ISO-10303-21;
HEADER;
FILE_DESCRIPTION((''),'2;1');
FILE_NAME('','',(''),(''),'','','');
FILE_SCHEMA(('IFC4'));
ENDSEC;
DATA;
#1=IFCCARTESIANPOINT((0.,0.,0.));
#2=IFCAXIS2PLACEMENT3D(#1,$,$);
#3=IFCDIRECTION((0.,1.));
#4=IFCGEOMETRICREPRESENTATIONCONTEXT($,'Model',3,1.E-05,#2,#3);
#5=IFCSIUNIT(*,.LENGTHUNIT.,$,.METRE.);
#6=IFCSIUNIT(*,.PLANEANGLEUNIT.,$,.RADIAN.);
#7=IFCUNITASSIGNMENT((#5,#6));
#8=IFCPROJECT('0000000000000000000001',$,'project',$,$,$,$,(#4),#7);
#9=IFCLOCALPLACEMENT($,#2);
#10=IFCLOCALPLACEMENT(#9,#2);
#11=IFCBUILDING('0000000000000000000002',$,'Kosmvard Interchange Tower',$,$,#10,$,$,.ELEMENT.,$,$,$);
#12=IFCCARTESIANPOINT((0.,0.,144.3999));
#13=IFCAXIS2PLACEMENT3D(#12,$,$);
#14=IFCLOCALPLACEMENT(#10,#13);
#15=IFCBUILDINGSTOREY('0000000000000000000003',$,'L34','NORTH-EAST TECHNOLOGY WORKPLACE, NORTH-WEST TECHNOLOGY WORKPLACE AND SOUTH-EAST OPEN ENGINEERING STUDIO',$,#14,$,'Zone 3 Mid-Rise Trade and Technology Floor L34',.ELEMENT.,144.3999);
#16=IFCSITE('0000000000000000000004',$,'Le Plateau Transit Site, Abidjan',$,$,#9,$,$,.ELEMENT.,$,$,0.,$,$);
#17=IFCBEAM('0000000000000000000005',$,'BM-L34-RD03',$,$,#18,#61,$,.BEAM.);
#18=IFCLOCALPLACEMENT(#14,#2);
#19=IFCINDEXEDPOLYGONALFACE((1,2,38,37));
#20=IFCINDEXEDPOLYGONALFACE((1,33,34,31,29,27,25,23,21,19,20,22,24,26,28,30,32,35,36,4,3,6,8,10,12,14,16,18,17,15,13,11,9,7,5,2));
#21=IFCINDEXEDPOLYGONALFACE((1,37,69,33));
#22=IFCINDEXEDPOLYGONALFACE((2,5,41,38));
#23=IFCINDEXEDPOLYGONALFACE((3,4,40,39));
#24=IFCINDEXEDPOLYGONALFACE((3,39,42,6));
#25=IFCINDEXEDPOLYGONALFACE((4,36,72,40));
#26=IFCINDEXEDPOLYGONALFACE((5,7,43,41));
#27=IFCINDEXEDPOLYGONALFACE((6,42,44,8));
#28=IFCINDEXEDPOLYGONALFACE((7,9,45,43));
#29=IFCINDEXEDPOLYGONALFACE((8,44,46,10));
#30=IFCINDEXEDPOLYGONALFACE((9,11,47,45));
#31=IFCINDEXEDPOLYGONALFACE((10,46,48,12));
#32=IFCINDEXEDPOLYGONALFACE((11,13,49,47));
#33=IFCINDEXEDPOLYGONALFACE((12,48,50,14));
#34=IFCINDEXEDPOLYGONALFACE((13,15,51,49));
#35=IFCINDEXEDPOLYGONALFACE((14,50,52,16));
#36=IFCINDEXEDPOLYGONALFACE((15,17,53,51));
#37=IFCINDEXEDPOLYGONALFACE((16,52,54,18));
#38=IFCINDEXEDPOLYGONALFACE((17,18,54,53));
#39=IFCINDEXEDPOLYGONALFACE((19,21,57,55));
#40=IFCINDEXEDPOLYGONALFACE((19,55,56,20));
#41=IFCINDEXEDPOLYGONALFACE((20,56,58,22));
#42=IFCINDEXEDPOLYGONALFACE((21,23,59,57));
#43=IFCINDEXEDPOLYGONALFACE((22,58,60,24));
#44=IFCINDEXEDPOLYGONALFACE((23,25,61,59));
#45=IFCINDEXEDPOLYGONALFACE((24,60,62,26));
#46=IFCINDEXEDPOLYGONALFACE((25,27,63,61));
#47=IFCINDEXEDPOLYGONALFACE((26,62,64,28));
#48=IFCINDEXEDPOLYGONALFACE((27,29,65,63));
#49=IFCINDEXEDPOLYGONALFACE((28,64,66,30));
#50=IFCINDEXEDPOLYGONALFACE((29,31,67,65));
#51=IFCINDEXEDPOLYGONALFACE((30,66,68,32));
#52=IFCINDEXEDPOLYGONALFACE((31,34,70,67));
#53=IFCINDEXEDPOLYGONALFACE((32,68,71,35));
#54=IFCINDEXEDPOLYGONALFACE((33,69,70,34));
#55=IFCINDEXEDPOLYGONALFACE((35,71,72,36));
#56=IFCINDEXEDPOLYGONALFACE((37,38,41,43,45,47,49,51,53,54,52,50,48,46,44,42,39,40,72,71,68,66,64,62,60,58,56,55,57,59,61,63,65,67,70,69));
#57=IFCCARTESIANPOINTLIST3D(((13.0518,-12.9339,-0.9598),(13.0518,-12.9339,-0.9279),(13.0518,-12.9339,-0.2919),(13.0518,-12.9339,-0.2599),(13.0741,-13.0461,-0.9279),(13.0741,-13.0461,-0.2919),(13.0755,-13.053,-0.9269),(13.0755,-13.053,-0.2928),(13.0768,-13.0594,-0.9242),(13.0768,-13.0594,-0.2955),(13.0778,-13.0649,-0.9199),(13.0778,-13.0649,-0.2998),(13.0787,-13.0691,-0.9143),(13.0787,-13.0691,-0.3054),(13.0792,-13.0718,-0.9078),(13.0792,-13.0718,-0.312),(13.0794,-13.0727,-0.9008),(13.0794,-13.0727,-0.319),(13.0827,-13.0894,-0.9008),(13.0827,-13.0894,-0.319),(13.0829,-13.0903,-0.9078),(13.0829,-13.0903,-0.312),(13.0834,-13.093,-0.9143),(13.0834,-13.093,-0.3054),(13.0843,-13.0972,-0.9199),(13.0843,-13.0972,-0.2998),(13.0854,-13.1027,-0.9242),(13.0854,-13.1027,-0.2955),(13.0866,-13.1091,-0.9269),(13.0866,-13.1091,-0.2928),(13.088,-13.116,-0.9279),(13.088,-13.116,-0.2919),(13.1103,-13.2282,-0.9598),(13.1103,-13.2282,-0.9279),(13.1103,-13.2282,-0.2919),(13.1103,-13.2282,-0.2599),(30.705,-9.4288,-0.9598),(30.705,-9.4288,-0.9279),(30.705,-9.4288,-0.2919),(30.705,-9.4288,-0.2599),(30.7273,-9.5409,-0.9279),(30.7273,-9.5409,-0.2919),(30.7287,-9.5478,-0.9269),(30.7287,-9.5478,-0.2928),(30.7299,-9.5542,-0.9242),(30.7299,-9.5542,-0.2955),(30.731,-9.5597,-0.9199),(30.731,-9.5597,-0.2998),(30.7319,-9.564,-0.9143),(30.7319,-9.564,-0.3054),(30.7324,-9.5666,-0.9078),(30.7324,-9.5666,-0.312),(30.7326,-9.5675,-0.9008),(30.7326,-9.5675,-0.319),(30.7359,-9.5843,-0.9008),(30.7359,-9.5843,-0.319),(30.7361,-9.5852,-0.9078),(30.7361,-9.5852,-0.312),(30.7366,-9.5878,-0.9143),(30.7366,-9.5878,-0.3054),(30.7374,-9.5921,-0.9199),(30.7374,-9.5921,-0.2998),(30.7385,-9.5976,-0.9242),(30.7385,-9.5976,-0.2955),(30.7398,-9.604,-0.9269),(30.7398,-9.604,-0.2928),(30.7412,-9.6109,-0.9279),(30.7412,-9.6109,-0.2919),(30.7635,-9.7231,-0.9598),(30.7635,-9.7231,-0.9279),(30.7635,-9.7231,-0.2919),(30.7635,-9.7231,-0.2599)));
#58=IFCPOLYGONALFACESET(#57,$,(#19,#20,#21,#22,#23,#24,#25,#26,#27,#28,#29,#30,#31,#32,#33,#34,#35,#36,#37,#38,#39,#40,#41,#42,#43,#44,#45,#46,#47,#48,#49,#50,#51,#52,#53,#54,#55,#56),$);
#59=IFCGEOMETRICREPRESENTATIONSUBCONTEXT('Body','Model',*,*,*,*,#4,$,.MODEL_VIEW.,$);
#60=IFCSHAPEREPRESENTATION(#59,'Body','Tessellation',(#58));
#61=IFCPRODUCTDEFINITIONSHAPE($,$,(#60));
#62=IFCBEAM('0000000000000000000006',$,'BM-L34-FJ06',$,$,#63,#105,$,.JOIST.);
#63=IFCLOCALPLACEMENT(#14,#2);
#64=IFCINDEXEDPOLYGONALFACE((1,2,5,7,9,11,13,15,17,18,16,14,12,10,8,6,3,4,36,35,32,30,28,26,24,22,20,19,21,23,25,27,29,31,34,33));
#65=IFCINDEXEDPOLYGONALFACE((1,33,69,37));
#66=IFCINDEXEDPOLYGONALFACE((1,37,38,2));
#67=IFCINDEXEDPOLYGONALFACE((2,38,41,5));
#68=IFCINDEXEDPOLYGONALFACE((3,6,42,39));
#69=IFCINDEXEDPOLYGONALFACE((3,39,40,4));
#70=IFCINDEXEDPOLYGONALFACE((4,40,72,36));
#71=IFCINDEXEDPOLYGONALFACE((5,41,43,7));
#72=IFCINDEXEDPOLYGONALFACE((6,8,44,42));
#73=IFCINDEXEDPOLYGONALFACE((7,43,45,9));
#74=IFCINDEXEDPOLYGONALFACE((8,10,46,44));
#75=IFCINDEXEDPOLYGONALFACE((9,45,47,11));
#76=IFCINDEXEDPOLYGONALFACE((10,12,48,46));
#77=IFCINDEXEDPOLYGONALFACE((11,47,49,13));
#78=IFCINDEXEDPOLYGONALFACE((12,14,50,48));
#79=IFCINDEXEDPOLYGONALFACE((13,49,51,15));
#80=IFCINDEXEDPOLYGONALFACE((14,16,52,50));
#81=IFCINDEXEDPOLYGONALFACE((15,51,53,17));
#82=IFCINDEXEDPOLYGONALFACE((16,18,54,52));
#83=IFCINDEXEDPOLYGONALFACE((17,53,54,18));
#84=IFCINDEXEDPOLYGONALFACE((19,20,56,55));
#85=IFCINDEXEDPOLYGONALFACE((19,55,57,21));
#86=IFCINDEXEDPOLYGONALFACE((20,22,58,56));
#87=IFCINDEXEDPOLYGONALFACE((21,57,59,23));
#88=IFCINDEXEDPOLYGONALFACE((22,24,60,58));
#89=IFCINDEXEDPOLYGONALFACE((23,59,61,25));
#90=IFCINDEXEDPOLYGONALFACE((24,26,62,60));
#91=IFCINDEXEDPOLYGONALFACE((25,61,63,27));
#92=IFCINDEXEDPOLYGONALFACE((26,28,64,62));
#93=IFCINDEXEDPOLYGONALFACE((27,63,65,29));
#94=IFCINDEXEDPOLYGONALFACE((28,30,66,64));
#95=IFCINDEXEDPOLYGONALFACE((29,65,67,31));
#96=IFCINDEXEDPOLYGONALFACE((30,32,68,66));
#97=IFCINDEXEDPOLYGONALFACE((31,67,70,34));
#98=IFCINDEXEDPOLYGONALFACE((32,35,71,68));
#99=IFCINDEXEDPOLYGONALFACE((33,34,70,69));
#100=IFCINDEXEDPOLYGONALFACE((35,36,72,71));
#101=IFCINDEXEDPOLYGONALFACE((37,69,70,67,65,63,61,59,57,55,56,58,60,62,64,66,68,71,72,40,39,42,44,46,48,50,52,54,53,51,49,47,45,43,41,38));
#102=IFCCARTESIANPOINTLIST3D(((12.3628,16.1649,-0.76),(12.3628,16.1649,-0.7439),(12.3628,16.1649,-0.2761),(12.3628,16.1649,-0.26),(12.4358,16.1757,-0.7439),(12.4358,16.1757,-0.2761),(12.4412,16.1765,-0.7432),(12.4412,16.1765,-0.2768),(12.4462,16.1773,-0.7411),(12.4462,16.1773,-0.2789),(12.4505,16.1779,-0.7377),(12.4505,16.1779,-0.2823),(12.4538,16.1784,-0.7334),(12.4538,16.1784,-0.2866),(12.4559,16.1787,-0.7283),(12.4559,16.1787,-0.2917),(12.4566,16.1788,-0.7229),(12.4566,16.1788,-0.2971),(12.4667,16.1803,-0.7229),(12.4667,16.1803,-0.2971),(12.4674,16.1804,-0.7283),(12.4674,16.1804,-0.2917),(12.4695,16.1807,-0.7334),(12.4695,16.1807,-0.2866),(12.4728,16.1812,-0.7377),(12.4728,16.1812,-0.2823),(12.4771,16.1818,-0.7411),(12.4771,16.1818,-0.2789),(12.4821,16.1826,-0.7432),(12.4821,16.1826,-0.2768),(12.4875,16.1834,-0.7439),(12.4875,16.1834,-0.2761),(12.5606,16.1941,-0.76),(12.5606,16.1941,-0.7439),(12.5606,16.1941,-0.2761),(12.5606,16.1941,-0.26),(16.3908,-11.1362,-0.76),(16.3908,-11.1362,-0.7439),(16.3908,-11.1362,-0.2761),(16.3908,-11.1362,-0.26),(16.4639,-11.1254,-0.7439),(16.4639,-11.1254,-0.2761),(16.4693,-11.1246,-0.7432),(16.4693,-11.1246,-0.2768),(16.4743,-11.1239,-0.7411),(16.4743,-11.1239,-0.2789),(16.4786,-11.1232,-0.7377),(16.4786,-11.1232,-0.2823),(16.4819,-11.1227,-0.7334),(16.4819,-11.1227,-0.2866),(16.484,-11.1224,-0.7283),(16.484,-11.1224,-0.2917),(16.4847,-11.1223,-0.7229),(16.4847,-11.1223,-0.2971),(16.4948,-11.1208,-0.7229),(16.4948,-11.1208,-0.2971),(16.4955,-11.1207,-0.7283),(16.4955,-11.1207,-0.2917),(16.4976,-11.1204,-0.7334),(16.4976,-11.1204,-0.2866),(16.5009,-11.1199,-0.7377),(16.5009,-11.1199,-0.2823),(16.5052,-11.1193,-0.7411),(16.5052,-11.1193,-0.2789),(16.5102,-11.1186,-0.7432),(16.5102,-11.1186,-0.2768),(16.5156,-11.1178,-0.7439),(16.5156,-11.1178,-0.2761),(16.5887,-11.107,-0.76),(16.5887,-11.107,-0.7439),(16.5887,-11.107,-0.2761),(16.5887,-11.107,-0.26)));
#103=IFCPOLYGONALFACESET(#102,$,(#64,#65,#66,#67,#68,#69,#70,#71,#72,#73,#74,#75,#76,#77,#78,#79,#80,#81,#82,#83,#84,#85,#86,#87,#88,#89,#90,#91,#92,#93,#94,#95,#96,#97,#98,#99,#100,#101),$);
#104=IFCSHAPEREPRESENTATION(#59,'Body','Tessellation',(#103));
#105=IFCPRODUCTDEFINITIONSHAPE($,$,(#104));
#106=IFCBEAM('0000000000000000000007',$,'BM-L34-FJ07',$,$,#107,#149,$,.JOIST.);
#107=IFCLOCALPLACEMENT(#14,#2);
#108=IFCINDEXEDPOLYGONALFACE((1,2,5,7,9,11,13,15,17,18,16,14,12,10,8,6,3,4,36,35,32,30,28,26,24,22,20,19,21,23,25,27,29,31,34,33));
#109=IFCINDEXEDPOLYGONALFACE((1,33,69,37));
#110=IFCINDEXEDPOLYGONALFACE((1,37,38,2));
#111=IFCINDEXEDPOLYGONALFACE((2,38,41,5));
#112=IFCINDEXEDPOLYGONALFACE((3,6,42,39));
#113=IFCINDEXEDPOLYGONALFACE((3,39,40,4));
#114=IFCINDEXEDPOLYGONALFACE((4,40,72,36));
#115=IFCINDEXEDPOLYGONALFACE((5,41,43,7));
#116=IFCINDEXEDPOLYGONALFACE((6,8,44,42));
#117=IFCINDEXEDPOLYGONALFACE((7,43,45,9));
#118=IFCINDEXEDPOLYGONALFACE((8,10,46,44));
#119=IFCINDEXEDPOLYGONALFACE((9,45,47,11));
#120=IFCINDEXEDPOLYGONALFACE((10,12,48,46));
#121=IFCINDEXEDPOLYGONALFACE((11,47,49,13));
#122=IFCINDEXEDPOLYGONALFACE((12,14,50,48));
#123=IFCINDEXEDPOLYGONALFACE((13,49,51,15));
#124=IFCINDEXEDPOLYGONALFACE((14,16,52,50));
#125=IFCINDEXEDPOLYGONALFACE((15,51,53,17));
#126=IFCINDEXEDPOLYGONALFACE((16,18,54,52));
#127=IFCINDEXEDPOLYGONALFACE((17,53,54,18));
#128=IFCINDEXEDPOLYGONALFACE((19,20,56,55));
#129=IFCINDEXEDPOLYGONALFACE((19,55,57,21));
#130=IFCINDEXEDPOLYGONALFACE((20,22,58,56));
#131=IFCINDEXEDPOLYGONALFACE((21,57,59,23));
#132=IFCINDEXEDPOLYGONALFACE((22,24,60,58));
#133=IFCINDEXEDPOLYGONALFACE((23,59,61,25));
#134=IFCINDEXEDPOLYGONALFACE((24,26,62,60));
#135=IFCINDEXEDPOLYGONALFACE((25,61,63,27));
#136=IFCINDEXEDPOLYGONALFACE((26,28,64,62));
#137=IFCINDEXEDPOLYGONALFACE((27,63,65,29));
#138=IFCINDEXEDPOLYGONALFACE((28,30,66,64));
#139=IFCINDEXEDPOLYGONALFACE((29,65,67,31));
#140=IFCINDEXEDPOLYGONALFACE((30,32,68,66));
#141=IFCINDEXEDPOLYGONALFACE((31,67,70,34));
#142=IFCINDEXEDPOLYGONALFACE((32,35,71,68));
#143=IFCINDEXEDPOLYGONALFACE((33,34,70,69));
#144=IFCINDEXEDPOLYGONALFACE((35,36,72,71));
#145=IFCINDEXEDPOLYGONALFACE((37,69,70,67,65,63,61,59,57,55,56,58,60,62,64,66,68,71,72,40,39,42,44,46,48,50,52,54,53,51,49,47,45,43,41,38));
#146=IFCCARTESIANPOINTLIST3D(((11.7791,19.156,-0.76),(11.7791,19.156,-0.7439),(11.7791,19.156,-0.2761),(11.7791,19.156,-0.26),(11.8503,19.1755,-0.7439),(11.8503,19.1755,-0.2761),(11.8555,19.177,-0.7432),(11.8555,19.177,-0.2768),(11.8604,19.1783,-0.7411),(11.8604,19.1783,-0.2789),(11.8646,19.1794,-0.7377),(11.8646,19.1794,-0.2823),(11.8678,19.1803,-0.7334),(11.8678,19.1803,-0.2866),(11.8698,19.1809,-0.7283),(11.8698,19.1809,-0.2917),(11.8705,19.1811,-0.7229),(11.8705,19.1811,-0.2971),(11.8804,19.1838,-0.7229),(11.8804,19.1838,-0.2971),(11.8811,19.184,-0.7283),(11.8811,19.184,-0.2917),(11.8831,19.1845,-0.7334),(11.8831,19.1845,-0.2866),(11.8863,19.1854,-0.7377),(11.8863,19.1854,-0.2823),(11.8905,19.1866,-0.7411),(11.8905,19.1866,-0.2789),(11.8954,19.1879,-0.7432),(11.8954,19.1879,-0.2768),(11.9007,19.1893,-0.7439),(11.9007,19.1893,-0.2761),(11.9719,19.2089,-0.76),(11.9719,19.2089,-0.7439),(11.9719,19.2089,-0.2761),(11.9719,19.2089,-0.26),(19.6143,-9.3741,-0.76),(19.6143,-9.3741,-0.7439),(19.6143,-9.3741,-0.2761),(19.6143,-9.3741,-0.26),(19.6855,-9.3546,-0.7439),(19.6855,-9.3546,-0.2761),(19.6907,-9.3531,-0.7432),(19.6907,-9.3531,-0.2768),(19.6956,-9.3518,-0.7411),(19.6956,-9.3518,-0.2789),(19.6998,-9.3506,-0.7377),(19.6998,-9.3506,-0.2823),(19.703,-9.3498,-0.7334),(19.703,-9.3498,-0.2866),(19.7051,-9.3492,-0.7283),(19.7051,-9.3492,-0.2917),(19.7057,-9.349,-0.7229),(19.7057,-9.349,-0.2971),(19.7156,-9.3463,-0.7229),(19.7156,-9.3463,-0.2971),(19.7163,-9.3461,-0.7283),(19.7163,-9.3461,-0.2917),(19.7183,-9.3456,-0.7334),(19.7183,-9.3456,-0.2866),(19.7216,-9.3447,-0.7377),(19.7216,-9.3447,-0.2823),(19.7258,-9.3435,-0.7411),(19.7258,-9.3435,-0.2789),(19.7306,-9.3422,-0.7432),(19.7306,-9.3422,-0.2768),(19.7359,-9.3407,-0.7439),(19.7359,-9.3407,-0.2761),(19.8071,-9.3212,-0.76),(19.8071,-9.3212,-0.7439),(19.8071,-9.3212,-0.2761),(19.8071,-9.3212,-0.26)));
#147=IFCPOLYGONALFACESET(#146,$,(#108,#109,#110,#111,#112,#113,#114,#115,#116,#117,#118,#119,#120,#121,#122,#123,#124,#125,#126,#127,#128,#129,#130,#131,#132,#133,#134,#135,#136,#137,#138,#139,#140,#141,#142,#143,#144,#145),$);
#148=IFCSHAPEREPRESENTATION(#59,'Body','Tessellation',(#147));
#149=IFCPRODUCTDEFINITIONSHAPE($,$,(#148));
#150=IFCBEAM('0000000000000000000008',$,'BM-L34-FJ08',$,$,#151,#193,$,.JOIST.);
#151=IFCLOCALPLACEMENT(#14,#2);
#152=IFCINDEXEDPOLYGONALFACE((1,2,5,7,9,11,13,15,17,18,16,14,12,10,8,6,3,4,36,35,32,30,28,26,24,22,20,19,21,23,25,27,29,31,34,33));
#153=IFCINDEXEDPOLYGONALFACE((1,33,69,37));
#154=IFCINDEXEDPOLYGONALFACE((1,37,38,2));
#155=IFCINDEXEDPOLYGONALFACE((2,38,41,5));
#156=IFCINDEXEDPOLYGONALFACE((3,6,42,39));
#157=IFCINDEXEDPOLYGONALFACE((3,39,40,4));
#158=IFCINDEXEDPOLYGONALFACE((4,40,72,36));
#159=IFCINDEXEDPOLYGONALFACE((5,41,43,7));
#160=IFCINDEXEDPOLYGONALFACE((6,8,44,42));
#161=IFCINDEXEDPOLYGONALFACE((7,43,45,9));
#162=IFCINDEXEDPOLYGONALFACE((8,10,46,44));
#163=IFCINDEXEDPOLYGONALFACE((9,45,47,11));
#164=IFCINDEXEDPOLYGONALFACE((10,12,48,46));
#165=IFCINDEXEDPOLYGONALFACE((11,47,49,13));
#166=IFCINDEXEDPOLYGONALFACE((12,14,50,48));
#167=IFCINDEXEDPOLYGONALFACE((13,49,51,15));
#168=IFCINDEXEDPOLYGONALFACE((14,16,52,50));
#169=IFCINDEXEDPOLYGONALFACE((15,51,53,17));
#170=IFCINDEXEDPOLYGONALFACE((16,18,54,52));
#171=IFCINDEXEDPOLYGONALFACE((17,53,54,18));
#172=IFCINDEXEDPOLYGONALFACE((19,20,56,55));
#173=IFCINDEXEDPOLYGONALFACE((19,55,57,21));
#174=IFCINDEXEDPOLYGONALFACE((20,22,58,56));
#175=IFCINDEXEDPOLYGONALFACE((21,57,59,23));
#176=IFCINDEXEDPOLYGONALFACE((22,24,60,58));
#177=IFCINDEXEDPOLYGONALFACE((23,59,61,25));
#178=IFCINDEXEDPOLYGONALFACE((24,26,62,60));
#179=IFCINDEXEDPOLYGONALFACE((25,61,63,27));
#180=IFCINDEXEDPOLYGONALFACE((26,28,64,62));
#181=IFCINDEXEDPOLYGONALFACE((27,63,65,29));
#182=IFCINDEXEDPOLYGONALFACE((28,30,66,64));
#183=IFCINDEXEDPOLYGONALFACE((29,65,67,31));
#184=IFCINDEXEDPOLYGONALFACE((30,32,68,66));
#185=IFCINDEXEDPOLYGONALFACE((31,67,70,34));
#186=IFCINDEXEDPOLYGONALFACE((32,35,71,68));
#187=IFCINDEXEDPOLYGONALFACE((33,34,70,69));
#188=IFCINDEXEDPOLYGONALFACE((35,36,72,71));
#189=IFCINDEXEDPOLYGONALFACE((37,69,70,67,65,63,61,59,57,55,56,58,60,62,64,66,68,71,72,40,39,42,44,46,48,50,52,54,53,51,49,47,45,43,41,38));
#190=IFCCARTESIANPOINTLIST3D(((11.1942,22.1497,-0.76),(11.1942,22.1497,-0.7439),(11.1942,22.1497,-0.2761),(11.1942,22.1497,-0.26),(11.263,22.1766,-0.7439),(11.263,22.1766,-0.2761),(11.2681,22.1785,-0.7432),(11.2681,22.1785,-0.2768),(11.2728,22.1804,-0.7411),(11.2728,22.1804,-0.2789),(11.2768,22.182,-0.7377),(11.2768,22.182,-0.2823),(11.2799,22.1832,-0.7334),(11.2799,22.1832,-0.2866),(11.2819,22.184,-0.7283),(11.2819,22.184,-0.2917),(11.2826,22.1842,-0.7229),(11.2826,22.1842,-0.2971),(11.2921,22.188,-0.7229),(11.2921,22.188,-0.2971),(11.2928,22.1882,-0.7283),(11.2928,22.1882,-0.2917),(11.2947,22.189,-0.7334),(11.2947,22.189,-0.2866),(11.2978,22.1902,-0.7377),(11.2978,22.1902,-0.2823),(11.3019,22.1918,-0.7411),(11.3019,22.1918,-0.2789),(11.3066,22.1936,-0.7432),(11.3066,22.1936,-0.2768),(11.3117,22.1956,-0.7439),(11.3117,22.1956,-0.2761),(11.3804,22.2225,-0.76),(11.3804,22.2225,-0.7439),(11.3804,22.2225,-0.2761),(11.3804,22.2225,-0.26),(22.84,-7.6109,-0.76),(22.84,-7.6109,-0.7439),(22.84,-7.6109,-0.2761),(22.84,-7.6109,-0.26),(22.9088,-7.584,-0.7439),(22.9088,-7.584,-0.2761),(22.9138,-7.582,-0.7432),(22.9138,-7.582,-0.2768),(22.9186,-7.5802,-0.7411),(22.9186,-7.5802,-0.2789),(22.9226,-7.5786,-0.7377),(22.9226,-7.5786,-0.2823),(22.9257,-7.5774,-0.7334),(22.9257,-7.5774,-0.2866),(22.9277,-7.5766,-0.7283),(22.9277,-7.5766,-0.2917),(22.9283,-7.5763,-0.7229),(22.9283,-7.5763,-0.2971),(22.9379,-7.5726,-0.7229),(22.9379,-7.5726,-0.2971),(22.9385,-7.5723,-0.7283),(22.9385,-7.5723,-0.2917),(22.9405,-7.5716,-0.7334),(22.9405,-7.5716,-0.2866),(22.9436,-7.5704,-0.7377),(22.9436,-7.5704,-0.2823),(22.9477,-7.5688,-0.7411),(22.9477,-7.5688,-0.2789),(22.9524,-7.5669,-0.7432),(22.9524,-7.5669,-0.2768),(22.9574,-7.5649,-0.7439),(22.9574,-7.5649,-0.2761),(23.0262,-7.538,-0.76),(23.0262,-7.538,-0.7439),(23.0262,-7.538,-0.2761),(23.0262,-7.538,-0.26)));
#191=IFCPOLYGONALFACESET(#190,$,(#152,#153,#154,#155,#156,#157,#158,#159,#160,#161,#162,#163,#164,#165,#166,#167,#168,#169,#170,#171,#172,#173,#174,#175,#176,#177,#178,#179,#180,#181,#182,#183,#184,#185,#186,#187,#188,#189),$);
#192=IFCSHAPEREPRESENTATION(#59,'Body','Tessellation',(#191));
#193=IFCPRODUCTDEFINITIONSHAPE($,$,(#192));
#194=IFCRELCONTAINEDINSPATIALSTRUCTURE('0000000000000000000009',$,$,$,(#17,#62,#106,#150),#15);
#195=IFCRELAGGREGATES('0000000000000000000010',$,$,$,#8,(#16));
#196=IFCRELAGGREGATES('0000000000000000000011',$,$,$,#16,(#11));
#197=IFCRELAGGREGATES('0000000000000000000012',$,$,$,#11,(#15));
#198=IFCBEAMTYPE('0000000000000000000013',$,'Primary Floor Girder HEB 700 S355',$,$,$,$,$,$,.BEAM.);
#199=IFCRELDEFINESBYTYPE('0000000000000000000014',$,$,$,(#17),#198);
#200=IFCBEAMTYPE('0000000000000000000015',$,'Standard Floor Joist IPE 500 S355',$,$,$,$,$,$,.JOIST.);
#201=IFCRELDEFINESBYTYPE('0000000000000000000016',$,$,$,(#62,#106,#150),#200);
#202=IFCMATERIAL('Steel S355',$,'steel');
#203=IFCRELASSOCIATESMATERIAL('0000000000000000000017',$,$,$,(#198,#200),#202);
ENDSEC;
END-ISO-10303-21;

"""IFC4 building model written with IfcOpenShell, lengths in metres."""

from ifc_helpers import new_model, si_unit, direction, frame, origin, origin_2d, place, context, subcontext, project, spatial, i_section, extrude, source, transform, mapped, material, material_profile, profile_set, type_object, element, save


model = new_model("IFC4")

# Units and contexts
model_context = context("Model", 3, precision=1e-05, world=origin(), true_north=direction((0.0, 1.0)))
body_context = subcontext(model_context, "Body", "Model", "MODEL_VIEW")
ifc_project = project(units=[si_unit("LENGTHUNIT", "METRE"), si_unit("PLANEANGLEUNIT", "RADIAN")], contexts=[model_context])

# Site, building, storey
site_placement = place(None, origin())
site = spatial("IfcSite", under=ifc_project, at=site_placement, Name="Le Plateau Transit Site, Abidjan", CompositionType="ELEMENT", RefElevation=0.0)
building_placement = place(site_placement, origin())
building = spatial("IfcBuilding", under=site, at=building_placement, Name="Kosmvard Interchange Tower", CompositionType="ELEMENT")
storey_placement = place(building_placement, frame((0.0, 0.0, 144.3999)))
storey = spatial("IfcBuildingStorey", under=building, at=storey_placement, Name="L34", Description="NORTH-EAST TECHNOLOGY WORKPLACE, NORTH-WEST TECHNOLOGY WORKPLACE AND SOUTH-EAST OPEN ENGINEERING STUDIO", LongName="Zone 3 Mid-Rise Trade and Technology Floor L34", CompositionType="ELEMENT", Elevation=144.3999)

# Beams
ifc_material_1 = material(Name="Steel S355", Category="steel")
ifc_material_profile_1 = material_profile(ifc_material_1, i_section(OverallWidth=0.3, OverallDepth=0.7, WebThickness=0.0171, FlangeThickness=0.032, FilletRadius=0.0271, at=origin_2d()), Name="HEB 700")
ifc_profile_set_1 = profile_set([ifc_material_profile_1], Name="Steel S355")
beam_type_1 = type_object("IfcBeamType", Name="Primary Floor Girder HEB 700 S355", PredefinedType="BEAM", material=ifc_profile_set_1)
shared_shape_1 = source(origin(), body_context, "Body", "SweptSolid", [
    extrude(i_section(OverallWidth=0.3, OverallDepth=0.7, WebThickness=0.0171, FlangeThickness=0.032, FilletRadius=0.0271, at=origin_2d()), origin(), (0.0, 0.0, 1.0), 17.9978),
])
beam_1_placement = place(storey_placement, frame((13.0811, -13.0811, -0.6099), z_axis=(0.980852, 0.194754, 0.0), x_axis=(-0.194754, 0.980852, 0.0)))
element("IfcBeam", 1, at=beam_1_placement, inside=storey, type_object=beam_type_1, Name="BM-L34-RD03", PredefinedType="BEAM", context=body_context, shape_type="MappedRepresentation", body=[
    mapped(shared_shape_1, transform((0.0, 0.0, 0.0), scale=1.0)),
])
ifc_material_profile_2 = material_profile(ifc_material_1, i_section(OverallWidth=0.2, OverallDepth=0.5, WebThickness=0.0103, FlangeThickness=0.0161, FilletRadius=0.021, at=origin_2d()), Name="IPE 500")
ifc_profile_set_2 = profile_set([ifc_material_profile_2], Name="Steel S355")
beam_type_2 = type_object("IfcBeamType", Name="Standard Floor Joist IPE 500 S355", PredefinedType="JOIST", material=ifc_profile_set_2)
shared_shape_2 = source(origin(), body_context, "Body", "SweptSolid", [
    extrude(i_section(OverallWidth=0.2, OverallDepth=0.5, WebThickness=0.0103, FlangeThickness=0.0161, FilletRadius=0.021, at=origin_2d()), origin(), (0.0, 0.0, 1.0), 27.5967),
])
beam_2_placement = place(storey_placement, frame((16.4897, -11.1216, -0.51), z_axis=(-0.145963, 0.98929, 0.0), x_axis=(-0.98929, -0.145963, 0.0)))
element("IfcBeam", 2, at=beam_2_placement, inside=storey, type_object=beam_type_2, Name="BM-L34-FJ06", PredefinedType="JOIST", context=body_context, shape_type="MappedRepresentation", body=[
    mapped(shared_shape_2, transform((0.0, 0.0, 0.0), scale=1.0)),
])
shared_shape_3 = source(origin(), body_context, "Body", "SweptSolid", [
    extrude(i_section(OverallWidth=0.2, OverallDepth=0.5, WebThickness=0.0103, FlangeThickness=0.0161, FilletRadius=0.021, at=origin_2d()), origin(), (0.0, 0.0, 1.0), 29.5864),
])
beam_3_placement = place(storey_placement, frame((19.7107, -9.3477, -0.51), z_axis=(-0.264825, 0.964297, 0.0), x_axis=(-0.964297, -0.264825, 0.0)))
element("IfcBeam", 3, at=beam_3_placement, inside=storey, type_object=beam_type_2, Name="BM-L34-FJ07", PredefinedType="JOIST", context=body_context, shape_type="MappedRepresentation", body=[
    mapped(shared_shape_3, transform((0.0, 0.0, 0.0), scale=1.0)),
])
shared_shape_4 = source(origin(), body_context, "Body", "SweptSolid", [
    extrude(i_section(OverallWidth=0.2, OverallDepth=0.5, WebThickness=0.0103, FlangeThickness=0.0161, FilletRadius=0.021, at=origin_2d()), origin(), (0.0, 0.0, 1.0), 31.958),
])
beam_4_placement = place(storey_placement, frame((22.9331, -7.5745, -0.51), z_axis=(-0.364409, 0.931239, 0.0), x_axis=(-0.931239, -0.364409, 0.0)))
element("IfcBeam", 4, at=beam_4_placement, inside=storey, type_object=beam_type_2, Name="BM-L34-FJ08", PredefinedType="JOIST", context=body_context, shape_type="MappedRepresentation", body=[
    mapped(shared_shape_4, transform((0.0, 0.0, 0.0), scale=1.0)),
])

save(model, "model.ifc")
